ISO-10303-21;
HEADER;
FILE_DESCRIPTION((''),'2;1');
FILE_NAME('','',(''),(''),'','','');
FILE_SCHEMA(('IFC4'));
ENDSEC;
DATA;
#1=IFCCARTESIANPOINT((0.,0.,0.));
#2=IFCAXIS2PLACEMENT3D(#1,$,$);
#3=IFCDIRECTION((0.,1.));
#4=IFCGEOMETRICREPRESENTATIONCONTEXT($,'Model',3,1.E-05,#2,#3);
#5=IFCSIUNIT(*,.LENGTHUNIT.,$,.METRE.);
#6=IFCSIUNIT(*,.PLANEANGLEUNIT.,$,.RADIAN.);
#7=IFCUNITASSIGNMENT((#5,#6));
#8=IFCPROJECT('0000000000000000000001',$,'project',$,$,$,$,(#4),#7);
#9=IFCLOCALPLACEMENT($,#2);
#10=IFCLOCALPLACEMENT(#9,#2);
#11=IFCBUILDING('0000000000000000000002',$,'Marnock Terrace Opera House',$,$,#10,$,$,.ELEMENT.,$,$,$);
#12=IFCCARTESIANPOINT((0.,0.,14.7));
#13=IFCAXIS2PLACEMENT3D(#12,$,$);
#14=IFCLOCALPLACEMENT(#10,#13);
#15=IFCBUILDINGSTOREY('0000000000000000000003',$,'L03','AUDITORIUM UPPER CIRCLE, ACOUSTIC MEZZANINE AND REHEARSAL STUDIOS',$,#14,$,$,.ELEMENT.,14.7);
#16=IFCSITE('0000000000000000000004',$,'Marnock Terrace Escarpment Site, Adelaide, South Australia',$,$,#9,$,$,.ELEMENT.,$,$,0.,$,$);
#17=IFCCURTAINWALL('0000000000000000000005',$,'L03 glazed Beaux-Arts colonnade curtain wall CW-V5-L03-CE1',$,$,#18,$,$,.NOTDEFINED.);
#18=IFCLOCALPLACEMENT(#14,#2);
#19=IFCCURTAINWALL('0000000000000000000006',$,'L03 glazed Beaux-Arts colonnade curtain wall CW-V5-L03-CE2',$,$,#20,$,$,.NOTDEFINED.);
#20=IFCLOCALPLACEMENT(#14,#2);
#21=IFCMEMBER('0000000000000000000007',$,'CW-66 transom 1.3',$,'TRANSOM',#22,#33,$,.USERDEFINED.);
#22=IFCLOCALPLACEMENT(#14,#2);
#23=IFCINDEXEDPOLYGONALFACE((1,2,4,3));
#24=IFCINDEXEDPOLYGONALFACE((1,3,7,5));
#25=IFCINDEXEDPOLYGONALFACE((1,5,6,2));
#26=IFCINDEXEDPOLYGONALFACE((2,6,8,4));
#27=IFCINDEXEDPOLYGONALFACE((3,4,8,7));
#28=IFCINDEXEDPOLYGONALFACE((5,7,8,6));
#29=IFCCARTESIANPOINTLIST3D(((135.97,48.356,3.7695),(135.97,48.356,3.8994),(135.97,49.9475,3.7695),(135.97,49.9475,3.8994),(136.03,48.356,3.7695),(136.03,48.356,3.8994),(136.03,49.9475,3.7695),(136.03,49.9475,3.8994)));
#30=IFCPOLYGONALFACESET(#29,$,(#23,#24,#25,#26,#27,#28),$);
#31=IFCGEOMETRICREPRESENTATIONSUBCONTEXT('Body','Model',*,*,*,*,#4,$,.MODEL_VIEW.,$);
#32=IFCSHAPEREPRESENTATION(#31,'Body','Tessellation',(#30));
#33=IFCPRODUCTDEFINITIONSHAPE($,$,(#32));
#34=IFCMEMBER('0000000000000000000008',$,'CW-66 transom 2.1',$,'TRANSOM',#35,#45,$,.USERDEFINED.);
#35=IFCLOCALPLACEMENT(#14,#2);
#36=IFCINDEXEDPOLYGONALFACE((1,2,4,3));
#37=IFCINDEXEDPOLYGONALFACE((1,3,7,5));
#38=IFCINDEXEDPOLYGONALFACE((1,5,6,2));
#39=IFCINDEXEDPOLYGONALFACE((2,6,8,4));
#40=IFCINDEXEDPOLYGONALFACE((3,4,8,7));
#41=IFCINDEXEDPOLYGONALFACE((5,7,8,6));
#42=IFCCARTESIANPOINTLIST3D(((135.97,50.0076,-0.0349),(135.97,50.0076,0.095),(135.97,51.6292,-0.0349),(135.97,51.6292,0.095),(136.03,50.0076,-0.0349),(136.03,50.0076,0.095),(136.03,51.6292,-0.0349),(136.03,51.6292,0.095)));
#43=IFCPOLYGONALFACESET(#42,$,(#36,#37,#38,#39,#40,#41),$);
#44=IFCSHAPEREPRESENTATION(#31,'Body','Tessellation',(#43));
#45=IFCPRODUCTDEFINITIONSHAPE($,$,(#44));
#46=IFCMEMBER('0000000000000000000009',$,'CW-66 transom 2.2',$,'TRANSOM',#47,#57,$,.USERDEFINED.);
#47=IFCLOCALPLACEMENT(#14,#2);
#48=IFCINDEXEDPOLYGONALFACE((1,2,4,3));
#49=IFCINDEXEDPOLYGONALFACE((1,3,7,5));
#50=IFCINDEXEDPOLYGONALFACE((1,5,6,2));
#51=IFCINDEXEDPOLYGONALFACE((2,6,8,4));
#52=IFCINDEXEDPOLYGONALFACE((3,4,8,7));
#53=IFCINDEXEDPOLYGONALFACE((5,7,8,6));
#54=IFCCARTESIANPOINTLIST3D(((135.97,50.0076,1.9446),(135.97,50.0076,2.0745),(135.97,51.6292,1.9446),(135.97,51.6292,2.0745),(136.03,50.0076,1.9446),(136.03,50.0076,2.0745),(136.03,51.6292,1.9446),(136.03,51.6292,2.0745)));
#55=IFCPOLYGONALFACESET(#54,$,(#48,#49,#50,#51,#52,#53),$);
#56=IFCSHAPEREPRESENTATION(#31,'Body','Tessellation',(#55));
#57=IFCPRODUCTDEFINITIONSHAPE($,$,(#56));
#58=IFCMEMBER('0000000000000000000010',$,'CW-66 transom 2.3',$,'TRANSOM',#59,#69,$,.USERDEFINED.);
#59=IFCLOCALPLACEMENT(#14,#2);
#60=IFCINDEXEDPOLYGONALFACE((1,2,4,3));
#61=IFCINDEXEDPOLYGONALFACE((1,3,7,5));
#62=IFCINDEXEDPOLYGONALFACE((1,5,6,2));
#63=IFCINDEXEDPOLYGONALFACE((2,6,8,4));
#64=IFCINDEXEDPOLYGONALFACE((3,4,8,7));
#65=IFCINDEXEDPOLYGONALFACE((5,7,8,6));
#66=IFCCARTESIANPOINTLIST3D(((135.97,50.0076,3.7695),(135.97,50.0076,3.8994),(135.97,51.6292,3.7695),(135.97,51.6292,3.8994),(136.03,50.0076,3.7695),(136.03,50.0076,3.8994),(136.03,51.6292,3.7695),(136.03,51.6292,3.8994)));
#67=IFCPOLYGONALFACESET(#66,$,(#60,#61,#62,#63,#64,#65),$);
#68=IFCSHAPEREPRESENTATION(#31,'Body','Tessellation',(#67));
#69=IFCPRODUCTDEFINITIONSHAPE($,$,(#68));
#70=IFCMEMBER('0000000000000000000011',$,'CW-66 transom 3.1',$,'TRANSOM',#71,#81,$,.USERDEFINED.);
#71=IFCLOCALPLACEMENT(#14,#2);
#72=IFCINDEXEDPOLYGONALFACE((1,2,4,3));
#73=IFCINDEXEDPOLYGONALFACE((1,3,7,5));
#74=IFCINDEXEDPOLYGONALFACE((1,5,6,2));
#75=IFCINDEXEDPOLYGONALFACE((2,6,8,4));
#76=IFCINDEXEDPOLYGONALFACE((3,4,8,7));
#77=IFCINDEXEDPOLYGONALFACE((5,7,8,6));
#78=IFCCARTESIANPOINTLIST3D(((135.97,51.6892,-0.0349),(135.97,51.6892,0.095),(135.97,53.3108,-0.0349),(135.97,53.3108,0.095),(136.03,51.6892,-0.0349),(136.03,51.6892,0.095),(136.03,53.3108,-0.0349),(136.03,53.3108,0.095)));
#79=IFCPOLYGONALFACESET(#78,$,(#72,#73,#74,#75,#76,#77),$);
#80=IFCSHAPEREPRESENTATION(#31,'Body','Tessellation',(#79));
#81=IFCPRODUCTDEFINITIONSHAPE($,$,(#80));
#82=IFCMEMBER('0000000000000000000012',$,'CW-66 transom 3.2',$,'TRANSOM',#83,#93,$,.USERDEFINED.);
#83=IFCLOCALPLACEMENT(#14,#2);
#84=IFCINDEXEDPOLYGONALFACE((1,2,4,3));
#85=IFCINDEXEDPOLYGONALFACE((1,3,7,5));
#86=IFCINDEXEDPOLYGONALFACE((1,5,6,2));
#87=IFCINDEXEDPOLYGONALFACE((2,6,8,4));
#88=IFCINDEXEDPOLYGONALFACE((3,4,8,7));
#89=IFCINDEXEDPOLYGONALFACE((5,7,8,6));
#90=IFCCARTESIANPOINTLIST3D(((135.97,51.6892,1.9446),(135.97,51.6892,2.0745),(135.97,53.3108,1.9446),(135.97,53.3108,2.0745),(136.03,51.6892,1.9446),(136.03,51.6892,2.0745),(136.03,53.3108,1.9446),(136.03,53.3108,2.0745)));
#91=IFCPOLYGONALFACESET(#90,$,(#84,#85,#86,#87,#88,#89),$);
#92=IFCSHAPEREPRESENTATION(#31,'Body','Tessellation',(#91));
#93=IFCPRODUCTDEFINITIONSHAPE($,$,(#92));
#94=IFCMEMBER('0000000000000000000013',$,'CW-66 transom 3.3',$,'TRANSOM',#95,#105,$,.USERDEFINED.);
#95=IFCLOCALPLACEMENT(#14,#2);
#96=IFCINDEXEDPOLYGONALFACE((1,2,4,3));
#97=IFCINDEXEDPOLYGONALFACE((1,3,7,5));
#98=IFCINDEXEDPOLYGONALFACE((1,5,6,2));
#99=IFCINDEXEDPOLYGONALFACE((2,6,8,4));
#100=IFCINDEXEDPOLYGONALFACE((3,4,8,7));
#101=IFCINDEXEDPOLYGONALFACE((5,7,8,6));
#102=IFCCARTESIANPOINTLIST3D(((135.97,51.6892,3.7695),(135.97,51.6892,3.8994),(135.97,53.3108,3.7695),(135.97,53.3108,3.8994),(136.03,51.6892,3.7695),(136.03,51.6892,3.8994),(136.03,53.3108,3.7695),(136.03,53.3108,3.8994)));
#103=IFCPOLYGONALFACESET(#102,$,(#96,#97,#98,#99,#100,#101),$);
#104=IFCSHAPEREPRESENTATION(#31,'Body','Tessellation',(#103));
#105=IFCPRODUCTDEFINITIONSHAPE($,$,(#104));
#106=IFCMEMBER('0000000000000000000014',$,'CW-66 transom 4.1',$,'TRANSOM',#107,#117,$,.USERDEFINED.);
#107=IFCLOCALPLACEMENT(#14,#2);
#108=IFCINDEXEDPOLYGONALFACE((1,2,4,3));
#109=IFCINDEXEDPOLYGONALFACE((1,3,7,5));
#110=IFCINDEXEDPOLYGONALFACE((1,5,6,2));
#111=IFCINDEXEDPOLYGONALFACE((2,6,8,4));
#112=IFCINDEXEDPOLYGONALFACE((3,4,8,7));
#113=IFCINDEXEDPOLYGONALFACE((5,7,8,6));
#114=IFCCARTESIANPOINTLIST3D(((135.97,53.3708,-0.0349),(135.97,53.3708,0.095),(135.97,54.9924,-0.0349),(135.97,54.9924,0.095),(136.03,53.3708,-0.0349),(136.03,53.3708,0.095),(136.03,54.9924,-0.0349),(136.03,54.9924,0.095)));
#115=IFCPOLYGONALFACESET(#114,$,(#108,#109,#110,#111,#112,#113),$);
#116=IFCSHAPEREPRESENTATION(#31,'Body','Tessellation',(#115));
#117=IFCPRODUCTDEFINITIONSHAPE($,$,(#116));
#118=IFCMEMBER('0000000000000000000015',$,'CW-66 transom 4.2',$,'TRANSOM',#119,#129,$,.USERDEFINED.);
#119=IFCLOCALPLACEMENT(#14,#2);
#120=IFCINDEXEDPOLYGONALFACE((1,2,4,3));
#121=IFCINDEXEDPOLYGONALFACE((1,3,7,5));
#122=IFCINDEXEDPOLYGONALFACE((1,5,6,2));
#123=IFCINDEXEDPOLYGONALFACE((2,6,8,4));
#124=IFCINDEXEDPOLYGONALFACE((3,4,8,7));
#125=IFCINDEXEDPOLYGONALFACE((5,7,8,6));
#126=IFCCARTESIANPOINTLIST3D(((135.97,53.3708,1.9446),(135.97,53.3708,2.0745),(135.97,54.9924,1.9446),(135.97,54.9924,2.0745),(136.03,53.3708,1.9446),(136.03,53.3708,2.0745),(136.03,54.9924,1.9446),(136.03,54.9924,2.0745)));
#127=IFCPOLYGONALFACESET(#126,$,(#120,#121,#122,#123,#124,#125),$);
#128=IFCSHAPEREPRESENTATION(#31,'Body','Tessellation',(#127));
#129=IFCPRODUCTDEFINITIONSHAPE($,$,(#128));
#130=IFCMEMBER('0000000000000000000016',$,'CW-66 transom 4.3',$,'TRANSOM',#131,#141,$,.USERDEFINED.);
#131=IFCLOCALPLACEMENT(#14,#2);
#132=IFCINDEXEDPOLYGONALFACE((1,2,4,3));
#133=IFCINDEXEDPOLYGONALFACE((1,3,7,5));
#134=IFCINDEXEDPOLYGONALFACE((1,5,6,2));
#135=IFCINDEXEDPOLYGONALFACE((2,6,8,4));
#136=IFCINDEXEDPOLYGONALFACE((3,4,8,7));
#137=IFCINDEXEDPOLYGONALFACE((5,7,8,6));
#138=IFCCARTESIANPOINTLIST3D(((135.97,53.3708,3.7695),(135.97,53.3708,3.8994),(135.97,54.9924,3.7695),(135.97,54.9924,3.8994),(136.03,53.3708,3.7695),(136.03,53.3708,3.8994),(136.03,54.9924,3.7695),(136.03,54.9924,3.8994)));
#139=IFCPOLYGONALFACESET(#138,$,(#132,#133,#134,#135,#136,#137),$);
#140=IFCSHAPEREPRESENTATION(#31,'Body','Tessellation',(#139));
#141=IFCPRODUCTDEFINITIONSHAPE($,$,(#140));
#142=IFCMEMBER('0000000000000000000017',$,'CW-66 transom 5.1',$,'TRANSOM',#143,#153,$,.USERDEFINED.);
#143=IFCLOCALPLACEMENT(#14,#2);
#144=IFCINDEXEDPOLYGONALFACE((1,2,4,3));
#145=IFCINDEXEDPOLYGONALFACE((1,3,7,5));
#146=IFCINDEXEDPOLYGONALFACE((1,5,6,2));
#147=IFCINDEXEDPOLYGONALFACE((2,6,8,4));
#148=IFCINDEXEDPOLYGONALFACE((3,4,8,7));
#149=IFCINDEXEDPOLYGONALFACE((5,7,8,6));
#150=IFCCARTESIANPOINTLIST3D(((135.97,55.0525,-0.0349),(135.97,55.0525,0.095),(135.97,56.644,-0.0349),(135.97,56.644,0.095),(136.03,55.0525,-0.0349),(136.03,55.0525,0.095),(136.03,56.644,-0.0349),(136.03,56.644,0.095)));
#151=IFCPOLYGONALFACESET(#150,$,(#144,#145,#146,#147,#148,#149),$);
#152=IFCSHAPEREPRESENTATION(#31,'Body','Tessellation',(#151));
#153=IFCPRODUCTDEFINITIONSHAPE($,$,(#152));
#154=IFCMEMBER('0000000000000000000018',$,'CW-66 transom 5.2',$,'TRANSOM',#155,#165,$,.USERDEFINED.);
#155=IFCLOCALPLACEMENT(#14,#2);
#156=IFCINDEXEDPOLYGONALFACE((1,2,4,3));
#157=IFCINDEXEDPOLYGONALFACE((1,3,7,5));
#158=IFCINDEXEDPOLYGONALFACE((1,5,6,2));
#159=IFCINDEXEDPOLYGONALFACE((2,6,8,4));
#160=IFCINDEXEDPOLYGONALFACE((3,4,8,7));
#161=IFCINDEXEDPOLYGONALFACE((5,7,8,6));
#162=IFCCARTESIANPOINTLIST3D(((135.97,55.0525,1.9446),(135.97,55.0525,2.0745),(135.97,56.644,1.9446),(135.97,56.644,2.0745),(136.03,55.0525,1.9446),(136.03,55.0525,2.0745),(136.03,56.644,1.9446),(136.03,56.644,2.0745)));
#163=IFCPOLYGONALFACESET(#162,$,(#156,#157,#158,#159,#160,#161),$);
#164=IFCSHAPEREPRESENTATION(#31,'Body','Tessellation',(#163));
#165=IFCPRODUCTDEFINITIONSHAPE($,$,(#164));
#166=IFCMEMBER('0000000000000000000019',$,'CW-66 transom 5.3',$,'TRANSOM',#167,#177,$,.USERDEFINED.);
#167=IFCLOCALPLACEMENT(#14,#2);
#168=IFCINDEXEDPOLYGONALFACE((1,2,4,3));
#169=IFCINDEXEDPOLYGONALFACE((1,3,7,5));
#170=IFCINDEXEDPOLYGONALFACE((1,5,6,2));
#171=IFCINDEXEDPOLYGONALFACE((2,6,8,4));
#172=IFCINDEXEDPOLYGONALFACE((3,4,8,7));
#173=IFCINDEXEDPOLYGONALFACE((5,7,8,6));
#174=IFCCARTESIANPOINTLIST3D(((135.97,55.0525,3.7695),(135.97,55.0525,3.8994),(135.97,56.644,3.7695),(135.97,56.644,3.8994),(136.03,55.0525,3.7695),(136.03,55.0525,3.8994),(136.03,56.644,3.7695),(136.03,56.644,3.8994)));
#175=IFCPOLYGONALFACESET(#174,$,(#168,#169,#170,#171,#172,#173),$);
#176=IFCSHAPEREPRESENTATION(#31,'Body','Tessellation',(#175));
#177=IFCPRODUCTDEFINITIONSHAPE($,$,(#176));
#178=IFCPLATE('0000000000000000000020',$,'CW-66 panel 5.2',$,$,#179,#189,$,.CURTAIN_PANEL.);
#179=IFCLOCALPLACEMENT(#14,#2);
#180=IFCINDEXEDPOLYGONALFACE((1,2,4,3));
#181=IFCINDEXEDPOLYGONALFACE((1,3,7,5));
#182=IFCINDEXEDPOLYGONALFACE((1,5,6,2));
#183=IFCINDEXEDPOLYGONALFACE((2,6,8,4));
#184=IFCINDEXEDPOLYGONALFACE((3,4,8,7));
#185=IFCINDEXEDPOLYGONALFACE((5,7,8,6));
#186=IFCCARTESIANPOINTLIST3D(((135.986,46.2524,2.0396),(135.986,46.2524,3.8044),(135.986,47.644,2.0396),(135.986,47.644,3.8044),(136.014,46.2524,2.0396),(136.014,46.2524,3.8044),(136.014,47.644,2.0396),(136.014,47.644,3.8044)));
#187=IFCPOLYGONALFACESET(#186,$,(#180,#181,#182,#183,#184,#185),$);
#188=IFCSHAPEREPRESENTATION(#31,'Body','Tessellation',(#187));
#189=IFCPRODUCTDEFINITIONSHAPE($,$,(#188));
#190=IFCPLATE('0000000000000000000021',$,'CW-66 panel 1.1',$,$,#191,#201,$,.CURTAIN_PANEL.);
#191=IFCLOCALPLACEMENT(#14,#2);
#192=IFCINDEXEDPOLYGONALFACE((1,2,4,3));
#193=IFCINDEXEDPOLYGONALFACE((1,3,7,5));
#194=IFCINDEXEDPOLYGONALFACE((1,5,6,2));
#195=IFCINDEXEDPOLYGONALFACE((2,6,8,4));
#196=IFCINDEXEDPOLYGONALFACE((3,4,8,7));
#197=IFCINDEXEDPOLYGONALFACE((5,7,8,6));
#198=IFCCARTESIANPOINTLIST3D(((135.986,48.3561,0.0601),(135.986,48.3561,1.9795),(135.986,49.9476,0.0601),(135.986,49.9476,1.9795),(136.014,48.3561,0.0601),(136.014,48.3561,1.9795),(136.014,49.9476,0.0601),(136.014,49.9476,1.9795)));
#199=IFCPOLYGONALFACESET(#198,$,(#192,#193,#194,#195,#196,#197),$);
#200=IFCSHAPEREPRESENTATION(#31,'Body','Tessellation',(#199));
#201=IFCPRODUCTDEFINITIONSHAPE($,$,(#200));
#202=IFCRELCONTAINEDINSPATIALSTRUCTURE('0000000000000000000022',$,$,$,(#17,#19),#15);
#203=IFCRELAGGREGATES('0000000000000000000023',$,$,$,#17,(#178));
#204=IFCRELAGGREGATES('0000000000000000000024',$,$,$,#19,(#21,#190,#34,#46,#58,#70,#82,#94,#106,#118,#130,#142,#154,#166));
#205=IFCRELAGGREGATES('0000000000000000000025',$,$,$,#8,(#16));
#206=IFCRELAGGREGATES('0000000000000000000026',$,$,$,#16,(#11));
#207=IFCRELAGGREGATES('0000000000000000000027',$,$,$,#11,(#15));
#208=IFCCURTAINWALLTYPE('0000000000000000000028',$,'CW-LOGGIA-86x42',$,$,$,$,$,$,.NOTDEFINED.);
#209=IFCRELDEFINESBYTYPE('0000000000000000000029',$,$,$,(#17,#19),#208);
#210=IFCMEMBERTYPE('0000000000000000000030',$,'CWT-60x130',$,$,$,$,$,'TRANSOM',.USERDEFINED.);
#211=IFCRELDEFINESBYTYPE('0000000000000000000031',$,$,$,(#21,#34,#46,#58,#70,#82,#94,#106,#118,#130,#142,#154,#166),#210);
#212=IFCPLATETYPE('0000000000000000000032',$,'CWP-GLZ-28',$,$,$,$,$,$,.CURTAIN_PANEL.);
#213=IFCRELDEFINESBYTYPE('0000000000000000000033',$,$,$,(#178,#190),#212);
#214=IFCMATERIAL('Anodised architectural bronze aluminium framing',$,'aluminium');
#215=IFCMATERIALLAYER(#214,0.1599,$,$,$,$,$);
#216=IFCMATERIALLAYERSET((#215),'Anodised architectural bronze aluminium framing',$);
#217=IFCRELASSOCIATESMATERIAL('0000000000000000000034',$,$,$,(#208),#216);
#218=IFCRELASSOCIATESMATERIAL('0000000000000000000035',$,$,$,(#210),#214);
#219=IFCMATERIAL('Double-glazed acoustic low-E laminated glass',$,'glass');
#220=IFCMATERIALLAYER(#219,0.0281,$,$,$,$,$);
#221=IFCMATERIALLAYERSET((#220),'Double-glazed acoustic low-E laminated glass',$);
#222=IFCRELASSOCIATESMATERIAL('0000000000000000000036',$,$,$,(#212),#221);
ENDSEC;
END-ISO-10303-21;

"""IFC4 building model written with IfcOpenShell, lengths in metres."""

from ifc_helpers import new_model, si_unit, direction, frame, origin, origin_2d, place, context, subcontext, project, spatial, rectangle, extrude, material, layer, layer_set, material_profile, profile_set, type_object, element, aggregate, save


model = new_model("IFC4")

# Units and contexts
model_context = context("Model", 3, precision=1e-05, world=origin(), true_north=direction((0.0, 1.0)))
body_context = subcontext(model_context, "Body", "Model", "MODEL_VIEW")
ifc_project = project(units=[si_unit("LENGTHUNIT", "METRE"), si_unit("PLANEANGLEUNIT", "RADIAN")], contexts=[model_context])

# Site, building, storey
site_placement = place(None, origin())
site = spatial("IfcSite", under=ifc_project, at=site_placement, Name="Marnock Terrace Escarpment Site, Adelaide, South Australia", CompositionType="ELEMENT", RefElevation=0.0)
building_placement = place(site_placement, origin())
building = spatial("IfcBuilding", under=site, at=building_placement, Name="Marnock Terrace Opera House", CompositionType="ELEMENT")
storey_placement = place(building_placement, frame((0.0, 0.0, 14.7)))
storey = spatial("IfcBuildingStorey", under=building, at=storey_placement, Name="L03", Description="AUDITORIUM UPPER CIRCLE, ACOUSTIC MEZZANINE AND REHEARSAL STUDIOS", CompositionType="ELEMENT", Elevation=14.7)

# Curtain wall
ifc_material_1 = material(Name="Anodised architectural bronze aluminium framing", Category="aluminium")
ifc_layer_1 = layer(ifc_material_1, 0.1599)
ifc_layer_set_1 = layer_set([ifc_layer_1], Name="Anodised architectural bronze aluminium framing")
curtain_wall_type = type_object("IfcCurtainWallType", Name="CW-LOGGIA-86x42", PredefinedType="NOTDEFINED", material=ifc_layer_set_1)
curtain_wall_1_placement = place(storey_placement, origin())
curtain_wall_1 = element("IfcCurtainWall", 1, at=curtain_wall_1_placement, inside=storey, type_object=curtain_wall_type, Name="L03 glazed Beaux-Arts colonnade curtain wall CW-V5-L03-CE1", PredefinedType="NOTDEFINED")

# Curtain wall, members
curtain_wall_2_placement = place(storey_placement, origin())
curtain_wall_2 = element("IfcCurtainWall", 2, at=curtain_wall_2_placement, inside=storey, type_object=curtain_wall_type, Name="L03 glazed Beaux-Arts colonnade curtain wall CW-V5-L03-CE2", PredefinedType="NOTDEFINED")
ifc_material_profile_1 = material_profile(ifc_material_1, rectangle(XDim=0.0601, YDim=0.1299, at=origin_2d()))
ifc_profile_set_1 = profile_set([ifc_material_profile_1], Name="Anodised architectural bronze aluminium framing")
member_type_1 = type_object("IfcMemberType", Name="CWT-60x130", ElementType="TRANSOM", PredefinedType="USERDEFINED", material=ifc_profile_set_1)
member_1_placement = place(storey_placement, frame((136.0, 48.356, 3.8345), z_axis=(0.0, 1.0, 0.0), x_axis=(-1.0, 0.0, 0.0)))
member_1 = element("IfcMember", 3, at=member_1_placement, type_object=member_type_1, Name="CW-66 transom 1.3", ObjectType="TRANSOM", PredefinedType="USERDEFINED", context=body_context, shape_type="SweptSolid", body=[
    extrude(rectangle(XDim=0.0601, YDim=0.1299, at=origin_2d()), origin(), (0.0, 0.0, 1.0), 1.5916),
])
member_2_placement = place(storey_placement, frame((136.0, 50.0076, 0.03), z_axis=(0.0, 1.0, 0.0), x_axis=(-1.0, 0.0, 0.0)))
member_2 = element("IfcMember", 4, at=member_2_placement, type_object=member_type_1, Name="CW-66 transom 2.1", ObjectType="TRANSOM", PredefinedType="USERDEFINED", context=body_context, shape_type="SweptSolid", body=[
    extrude(rectangle(XDim=0.0601, YDim=0.1299, at=origin_2d()), origin(), (0.0, 0.0, 1.0), 1.6216),
])
member_3_placement = place(storey_placement, frame((136.0, 50.0076, 2.0095), z_axis=(0.0, 1.0, 0.0), x_axis=(-1.0, 0.0, 0.0)))
member_3 = element("IfcMember", 5, at=member_3_placement, type_object=member_type_1, Name="CW-66 transom 2.2", ObjectType="TRANSOM", PredefinedType="USERDEFINED", context=body_context, shape_type="SweptSolid", body=[
    extrude(rectangle(XDim=0.0601, YDim=0.1299, at=origin_2d()), origin(), (0.0, 0.0, 1.0), 1.6216),
])
member_4_placement = place(storey_placement, frame((136.0, 50.0076, 3.8345), z_axis=(0.0, 1.0, 0.0), x_axis=(-1.0, 0.0, 0.0)))
member_4 = element("IfcMember", 6, at=member_4_placement, type_object=member_type_1, Name="CW-66 transom 2.3", ObjectType="TRANSOM", PredefinedType="USERDEFINED", context=body_context, shape_type="SweptSolid", body=[
    extrude(rectangle(XDim=0.0601, YDim=0.1299, at=origin_2d()), origin(), (0.0, 0.0, 1.0), 1.6216),
])
member_5_placement = place(storey_placement, frame((136.0, 51.6892, 0.03), z_axis=(0.0, 1.0, 0.0), x_axis=(-1.0, 0.0, 0.0)))
member_5 = element("IfcMember", 7, at=member_5_placement, type_object=member_type_1, Name="CW-66 transom 3.1", ObjectType="TRANSOM", PredefinedType="USERDEFINED", context=body_context, shape_type="SweptSolid", body=[
    extrude(rectangle(XDim=0.0601, YDim=0.1299, at=origin_2d()), origin(), (0.0, 0.0, 1.0), 1.6216),
])
member_6_placement = place(storey_placement, frame((136.0, 51.6892, 2.0095), z_axis=(0.0, 1.0, 0.0), x_axis=(-1.0, 0.0, 0.0)))
member_6 = element("IfcMember", 8, at=member_6_placement, type_object=member_type_1, Name="CW-66 transom 3.2", ObjectType="TRANSOM", PredefinedType="USERDEFINED", context=body_context, shape_type="SweptSolid", body=[
    extrude(rectangle(XDim=0.0601, YDim=0.1299, at=origin_2d()), origin(), (0.0, 0.0, 1.0), 1.6216),
])
member_7_placement = place(storey_placement, frame((136.0, 51.6892, 3.8345), z_axis=(0.0, 1.0, 0.0), x_axis=(-1.0, 0.0, 0.0)))
member_7 = element("IfcMember", 9, at=member_7_placement, type_object=member_type_1, Name="CW-66 transom 3.3", ObjectType="TRANSOM", PredefinedType="USERDEFINED", context=body_context, shape_type="SweptSolid", body=[
    extrude(rectangle(XDim=0.0601, YDim=0.1299, at=origin_2d()), origin(), (0.0, 0.0, 1.0), 1.6216),
])
member_8_placement = place(storey_placement, frame((136.0, 53.3708, 0.03), z_axis=(0.0, 1.0, 0.0), x_axis=(-1.0, 0.0, 0.0)))
member_8 = element("IfcMember", 10, at=member_8_placement, type_object=member_type_1, Name="CW-66 transom 4.1", ObjectType="TRANSOM", PredefinedType="USERDEFINED", context=body_context, shape_type="SweptSolid", body=[
    extrude(rectangle(XDim=0.0601, YDim=0.1299, at=origin_2d()), origin(), (0.0, 0.0, 1.0), 1.6216),
])
member_9_placement = place(storey_placement, frame((136.0, 53.3708, 2.0095), z_axis=(0.0, 1.0, 0.0), x_axis=(-1.0, 0.0, 0.0)))
member_9 = element("IfcMember", 11, at=member_9_placement, type_object=member_type_1, Name="CW-66 transom 4.2", ObjectType="TRANSOM", PredefinedType="USERDEFINED", context=body_context, shape_type="SweptSolid", body=[
    extrude(rectangle(XDim=0.0601, YDim=0.1299, at=origin_2d()), origin(), (0.0, 0.0, 1.0), 1.6216),
])
member_10_placement = place(storey_placement, frame((136.0, 53.3708, 3.8345), z_axis=(0.0, 1.0, 0.0), x_axis=(-1.0, 0.0, 0.0)))
member_10 = element("IfcMember", 12, at=member_10_placement, type_object=member_type_1, Name="CW-66 transom 4.3", ObjectType="TRANSOM", PredefinedType="USERDEFINED", context=body_context, shape_type="SweptSolid", body=[
    extrude(rectangle(XDim=0.0601, YDim=0.1299, at=origin_2d()), origin(), (0.0, 0.0, 1.0), 1.6216),
])
member_11_placement = place(storey_placement, frame((136.0, 55.0525, 0.03), z_axis=(0.0, 1.0, 0.0), x_axis=(-1.0, 0.0, 0.0)))
member_11 = element("IfcMember", 13, at=member_11_placement, type_object=member_type_1, Name="CW-66 transom 5.1", ObjectType="TRANSOM", PredefinedType="USERDEFINED", context=body_context, shape_type="SweptSolid", body=[
    extrude(rectangle(XDim=0.0601, YDim=0.1299, at=origin_2d()), origin(), (0.0, 0.0, 1.0), 1.5916),
])
member_12_placement = place(storey_placement, frame((136.0, 55.0525, 2.0095), z_axis=(0.0, 1.0, 0.0), x_axis=(-1.0, 0.0, 0.0)))
member_12 = element("IfcMember", 14, at=member_12_placement, type_object=member_type_1, Name="CW-66 transom 5.2", ObjectType="TRANSOM", PredefinedType="USERDEFINED", context=body_context, shape_type="SweptSolid", body=[
    extrude(rectangle(XDim=0.0601, YDim=0.1299, at=origin_2d()), origin(), (0.0, 0.0, 1.0), 1.5916),
])
member_13_placement = place(storey_placement, frame((136.0, 55.0525, 3.8345), z_axis=(0.0, 1.0, 0.0), x_axis=(-1.0, 0.0, 0.0)))
member_13 = element("IfcMember", 15, at=member_13_placement, type_object=member_type_1, Name="CW-66 transom 5.3", ObjectType="TRANSOM", PredefinedType="USERDEFINED", context=body_context, shape_type="SweptSolid", body=[
    extrude(rectangle(XDim=0.0601, YDim=0.1299, at=origin_2d()), origin(), (0.0, 0.0, 1.0), 1.5916),
])

# Plates
ifc_material_2 = material(Name="Double-glazed acoustic low-E laminated glass", Category="glass")
ifc_layer_2 = layer(ifc_material_2, 0.0281)
ifc_layer_set_2 = layer_set([ifc_layer_2], Name="Double-glazed acoustic low-E laminated glass")
plate_type = type_object("IfcPlateType", Name="CWP-GLZ-28", PredefinedType="CURTAIN_PANEL", material=ifc_layer_set_2)
plate_1_placement = place(storey_placement, frame((136.0, 46.9482, 2.0396), z_axis=(0.0, 0.0, 1.0), x_axis=(0.0, 1.0, 0.0)))
plate_1 = element("IfcPlate", 16, at=plate_1_placement, type_object=plate_type, Name="CW-66 panel 5.2", PredefinedType="CURTAIN_PANEL", context=body_context, shape_type="SweptSolid", body=[
    extrude(rectangle(XDim=1.3916, YDim=0.0281, at=origin_2d()), origin(), (0.0, 0.0, 1.0), 1.7649),
])
aggregate(curtain_wall_1, [plate_1])
plate_2_placement = place(storey_placement, frame((136.0, 49.1519, 0.0601), z_axis=(0.0, 0.0, 1.0), x_axis=(0.0, 1.0, 0.0)))
plate_2 = element("IfcPlate", 17, at=plate_2_placement, type_object=plate_type, Name="CW-66 panel 1.1", PredefinedType="CURTAIN_PANEL", context=body_context, shape_type="SweptSolid", body=[
    extrude(rectangle(XDim=1.5916, YDim=0.0281, at=origin_2d()), origin(), (0.0, 0.0, 1.0), 1.9194),
])
aggregate(curtain_wall_2, [member_1, plate_2, member_2, member_3, member_4, member_5, member_6, member_7, member_8, member_9, member_10, member_11, member_12, member_13])

save(model, "model.ifc")
